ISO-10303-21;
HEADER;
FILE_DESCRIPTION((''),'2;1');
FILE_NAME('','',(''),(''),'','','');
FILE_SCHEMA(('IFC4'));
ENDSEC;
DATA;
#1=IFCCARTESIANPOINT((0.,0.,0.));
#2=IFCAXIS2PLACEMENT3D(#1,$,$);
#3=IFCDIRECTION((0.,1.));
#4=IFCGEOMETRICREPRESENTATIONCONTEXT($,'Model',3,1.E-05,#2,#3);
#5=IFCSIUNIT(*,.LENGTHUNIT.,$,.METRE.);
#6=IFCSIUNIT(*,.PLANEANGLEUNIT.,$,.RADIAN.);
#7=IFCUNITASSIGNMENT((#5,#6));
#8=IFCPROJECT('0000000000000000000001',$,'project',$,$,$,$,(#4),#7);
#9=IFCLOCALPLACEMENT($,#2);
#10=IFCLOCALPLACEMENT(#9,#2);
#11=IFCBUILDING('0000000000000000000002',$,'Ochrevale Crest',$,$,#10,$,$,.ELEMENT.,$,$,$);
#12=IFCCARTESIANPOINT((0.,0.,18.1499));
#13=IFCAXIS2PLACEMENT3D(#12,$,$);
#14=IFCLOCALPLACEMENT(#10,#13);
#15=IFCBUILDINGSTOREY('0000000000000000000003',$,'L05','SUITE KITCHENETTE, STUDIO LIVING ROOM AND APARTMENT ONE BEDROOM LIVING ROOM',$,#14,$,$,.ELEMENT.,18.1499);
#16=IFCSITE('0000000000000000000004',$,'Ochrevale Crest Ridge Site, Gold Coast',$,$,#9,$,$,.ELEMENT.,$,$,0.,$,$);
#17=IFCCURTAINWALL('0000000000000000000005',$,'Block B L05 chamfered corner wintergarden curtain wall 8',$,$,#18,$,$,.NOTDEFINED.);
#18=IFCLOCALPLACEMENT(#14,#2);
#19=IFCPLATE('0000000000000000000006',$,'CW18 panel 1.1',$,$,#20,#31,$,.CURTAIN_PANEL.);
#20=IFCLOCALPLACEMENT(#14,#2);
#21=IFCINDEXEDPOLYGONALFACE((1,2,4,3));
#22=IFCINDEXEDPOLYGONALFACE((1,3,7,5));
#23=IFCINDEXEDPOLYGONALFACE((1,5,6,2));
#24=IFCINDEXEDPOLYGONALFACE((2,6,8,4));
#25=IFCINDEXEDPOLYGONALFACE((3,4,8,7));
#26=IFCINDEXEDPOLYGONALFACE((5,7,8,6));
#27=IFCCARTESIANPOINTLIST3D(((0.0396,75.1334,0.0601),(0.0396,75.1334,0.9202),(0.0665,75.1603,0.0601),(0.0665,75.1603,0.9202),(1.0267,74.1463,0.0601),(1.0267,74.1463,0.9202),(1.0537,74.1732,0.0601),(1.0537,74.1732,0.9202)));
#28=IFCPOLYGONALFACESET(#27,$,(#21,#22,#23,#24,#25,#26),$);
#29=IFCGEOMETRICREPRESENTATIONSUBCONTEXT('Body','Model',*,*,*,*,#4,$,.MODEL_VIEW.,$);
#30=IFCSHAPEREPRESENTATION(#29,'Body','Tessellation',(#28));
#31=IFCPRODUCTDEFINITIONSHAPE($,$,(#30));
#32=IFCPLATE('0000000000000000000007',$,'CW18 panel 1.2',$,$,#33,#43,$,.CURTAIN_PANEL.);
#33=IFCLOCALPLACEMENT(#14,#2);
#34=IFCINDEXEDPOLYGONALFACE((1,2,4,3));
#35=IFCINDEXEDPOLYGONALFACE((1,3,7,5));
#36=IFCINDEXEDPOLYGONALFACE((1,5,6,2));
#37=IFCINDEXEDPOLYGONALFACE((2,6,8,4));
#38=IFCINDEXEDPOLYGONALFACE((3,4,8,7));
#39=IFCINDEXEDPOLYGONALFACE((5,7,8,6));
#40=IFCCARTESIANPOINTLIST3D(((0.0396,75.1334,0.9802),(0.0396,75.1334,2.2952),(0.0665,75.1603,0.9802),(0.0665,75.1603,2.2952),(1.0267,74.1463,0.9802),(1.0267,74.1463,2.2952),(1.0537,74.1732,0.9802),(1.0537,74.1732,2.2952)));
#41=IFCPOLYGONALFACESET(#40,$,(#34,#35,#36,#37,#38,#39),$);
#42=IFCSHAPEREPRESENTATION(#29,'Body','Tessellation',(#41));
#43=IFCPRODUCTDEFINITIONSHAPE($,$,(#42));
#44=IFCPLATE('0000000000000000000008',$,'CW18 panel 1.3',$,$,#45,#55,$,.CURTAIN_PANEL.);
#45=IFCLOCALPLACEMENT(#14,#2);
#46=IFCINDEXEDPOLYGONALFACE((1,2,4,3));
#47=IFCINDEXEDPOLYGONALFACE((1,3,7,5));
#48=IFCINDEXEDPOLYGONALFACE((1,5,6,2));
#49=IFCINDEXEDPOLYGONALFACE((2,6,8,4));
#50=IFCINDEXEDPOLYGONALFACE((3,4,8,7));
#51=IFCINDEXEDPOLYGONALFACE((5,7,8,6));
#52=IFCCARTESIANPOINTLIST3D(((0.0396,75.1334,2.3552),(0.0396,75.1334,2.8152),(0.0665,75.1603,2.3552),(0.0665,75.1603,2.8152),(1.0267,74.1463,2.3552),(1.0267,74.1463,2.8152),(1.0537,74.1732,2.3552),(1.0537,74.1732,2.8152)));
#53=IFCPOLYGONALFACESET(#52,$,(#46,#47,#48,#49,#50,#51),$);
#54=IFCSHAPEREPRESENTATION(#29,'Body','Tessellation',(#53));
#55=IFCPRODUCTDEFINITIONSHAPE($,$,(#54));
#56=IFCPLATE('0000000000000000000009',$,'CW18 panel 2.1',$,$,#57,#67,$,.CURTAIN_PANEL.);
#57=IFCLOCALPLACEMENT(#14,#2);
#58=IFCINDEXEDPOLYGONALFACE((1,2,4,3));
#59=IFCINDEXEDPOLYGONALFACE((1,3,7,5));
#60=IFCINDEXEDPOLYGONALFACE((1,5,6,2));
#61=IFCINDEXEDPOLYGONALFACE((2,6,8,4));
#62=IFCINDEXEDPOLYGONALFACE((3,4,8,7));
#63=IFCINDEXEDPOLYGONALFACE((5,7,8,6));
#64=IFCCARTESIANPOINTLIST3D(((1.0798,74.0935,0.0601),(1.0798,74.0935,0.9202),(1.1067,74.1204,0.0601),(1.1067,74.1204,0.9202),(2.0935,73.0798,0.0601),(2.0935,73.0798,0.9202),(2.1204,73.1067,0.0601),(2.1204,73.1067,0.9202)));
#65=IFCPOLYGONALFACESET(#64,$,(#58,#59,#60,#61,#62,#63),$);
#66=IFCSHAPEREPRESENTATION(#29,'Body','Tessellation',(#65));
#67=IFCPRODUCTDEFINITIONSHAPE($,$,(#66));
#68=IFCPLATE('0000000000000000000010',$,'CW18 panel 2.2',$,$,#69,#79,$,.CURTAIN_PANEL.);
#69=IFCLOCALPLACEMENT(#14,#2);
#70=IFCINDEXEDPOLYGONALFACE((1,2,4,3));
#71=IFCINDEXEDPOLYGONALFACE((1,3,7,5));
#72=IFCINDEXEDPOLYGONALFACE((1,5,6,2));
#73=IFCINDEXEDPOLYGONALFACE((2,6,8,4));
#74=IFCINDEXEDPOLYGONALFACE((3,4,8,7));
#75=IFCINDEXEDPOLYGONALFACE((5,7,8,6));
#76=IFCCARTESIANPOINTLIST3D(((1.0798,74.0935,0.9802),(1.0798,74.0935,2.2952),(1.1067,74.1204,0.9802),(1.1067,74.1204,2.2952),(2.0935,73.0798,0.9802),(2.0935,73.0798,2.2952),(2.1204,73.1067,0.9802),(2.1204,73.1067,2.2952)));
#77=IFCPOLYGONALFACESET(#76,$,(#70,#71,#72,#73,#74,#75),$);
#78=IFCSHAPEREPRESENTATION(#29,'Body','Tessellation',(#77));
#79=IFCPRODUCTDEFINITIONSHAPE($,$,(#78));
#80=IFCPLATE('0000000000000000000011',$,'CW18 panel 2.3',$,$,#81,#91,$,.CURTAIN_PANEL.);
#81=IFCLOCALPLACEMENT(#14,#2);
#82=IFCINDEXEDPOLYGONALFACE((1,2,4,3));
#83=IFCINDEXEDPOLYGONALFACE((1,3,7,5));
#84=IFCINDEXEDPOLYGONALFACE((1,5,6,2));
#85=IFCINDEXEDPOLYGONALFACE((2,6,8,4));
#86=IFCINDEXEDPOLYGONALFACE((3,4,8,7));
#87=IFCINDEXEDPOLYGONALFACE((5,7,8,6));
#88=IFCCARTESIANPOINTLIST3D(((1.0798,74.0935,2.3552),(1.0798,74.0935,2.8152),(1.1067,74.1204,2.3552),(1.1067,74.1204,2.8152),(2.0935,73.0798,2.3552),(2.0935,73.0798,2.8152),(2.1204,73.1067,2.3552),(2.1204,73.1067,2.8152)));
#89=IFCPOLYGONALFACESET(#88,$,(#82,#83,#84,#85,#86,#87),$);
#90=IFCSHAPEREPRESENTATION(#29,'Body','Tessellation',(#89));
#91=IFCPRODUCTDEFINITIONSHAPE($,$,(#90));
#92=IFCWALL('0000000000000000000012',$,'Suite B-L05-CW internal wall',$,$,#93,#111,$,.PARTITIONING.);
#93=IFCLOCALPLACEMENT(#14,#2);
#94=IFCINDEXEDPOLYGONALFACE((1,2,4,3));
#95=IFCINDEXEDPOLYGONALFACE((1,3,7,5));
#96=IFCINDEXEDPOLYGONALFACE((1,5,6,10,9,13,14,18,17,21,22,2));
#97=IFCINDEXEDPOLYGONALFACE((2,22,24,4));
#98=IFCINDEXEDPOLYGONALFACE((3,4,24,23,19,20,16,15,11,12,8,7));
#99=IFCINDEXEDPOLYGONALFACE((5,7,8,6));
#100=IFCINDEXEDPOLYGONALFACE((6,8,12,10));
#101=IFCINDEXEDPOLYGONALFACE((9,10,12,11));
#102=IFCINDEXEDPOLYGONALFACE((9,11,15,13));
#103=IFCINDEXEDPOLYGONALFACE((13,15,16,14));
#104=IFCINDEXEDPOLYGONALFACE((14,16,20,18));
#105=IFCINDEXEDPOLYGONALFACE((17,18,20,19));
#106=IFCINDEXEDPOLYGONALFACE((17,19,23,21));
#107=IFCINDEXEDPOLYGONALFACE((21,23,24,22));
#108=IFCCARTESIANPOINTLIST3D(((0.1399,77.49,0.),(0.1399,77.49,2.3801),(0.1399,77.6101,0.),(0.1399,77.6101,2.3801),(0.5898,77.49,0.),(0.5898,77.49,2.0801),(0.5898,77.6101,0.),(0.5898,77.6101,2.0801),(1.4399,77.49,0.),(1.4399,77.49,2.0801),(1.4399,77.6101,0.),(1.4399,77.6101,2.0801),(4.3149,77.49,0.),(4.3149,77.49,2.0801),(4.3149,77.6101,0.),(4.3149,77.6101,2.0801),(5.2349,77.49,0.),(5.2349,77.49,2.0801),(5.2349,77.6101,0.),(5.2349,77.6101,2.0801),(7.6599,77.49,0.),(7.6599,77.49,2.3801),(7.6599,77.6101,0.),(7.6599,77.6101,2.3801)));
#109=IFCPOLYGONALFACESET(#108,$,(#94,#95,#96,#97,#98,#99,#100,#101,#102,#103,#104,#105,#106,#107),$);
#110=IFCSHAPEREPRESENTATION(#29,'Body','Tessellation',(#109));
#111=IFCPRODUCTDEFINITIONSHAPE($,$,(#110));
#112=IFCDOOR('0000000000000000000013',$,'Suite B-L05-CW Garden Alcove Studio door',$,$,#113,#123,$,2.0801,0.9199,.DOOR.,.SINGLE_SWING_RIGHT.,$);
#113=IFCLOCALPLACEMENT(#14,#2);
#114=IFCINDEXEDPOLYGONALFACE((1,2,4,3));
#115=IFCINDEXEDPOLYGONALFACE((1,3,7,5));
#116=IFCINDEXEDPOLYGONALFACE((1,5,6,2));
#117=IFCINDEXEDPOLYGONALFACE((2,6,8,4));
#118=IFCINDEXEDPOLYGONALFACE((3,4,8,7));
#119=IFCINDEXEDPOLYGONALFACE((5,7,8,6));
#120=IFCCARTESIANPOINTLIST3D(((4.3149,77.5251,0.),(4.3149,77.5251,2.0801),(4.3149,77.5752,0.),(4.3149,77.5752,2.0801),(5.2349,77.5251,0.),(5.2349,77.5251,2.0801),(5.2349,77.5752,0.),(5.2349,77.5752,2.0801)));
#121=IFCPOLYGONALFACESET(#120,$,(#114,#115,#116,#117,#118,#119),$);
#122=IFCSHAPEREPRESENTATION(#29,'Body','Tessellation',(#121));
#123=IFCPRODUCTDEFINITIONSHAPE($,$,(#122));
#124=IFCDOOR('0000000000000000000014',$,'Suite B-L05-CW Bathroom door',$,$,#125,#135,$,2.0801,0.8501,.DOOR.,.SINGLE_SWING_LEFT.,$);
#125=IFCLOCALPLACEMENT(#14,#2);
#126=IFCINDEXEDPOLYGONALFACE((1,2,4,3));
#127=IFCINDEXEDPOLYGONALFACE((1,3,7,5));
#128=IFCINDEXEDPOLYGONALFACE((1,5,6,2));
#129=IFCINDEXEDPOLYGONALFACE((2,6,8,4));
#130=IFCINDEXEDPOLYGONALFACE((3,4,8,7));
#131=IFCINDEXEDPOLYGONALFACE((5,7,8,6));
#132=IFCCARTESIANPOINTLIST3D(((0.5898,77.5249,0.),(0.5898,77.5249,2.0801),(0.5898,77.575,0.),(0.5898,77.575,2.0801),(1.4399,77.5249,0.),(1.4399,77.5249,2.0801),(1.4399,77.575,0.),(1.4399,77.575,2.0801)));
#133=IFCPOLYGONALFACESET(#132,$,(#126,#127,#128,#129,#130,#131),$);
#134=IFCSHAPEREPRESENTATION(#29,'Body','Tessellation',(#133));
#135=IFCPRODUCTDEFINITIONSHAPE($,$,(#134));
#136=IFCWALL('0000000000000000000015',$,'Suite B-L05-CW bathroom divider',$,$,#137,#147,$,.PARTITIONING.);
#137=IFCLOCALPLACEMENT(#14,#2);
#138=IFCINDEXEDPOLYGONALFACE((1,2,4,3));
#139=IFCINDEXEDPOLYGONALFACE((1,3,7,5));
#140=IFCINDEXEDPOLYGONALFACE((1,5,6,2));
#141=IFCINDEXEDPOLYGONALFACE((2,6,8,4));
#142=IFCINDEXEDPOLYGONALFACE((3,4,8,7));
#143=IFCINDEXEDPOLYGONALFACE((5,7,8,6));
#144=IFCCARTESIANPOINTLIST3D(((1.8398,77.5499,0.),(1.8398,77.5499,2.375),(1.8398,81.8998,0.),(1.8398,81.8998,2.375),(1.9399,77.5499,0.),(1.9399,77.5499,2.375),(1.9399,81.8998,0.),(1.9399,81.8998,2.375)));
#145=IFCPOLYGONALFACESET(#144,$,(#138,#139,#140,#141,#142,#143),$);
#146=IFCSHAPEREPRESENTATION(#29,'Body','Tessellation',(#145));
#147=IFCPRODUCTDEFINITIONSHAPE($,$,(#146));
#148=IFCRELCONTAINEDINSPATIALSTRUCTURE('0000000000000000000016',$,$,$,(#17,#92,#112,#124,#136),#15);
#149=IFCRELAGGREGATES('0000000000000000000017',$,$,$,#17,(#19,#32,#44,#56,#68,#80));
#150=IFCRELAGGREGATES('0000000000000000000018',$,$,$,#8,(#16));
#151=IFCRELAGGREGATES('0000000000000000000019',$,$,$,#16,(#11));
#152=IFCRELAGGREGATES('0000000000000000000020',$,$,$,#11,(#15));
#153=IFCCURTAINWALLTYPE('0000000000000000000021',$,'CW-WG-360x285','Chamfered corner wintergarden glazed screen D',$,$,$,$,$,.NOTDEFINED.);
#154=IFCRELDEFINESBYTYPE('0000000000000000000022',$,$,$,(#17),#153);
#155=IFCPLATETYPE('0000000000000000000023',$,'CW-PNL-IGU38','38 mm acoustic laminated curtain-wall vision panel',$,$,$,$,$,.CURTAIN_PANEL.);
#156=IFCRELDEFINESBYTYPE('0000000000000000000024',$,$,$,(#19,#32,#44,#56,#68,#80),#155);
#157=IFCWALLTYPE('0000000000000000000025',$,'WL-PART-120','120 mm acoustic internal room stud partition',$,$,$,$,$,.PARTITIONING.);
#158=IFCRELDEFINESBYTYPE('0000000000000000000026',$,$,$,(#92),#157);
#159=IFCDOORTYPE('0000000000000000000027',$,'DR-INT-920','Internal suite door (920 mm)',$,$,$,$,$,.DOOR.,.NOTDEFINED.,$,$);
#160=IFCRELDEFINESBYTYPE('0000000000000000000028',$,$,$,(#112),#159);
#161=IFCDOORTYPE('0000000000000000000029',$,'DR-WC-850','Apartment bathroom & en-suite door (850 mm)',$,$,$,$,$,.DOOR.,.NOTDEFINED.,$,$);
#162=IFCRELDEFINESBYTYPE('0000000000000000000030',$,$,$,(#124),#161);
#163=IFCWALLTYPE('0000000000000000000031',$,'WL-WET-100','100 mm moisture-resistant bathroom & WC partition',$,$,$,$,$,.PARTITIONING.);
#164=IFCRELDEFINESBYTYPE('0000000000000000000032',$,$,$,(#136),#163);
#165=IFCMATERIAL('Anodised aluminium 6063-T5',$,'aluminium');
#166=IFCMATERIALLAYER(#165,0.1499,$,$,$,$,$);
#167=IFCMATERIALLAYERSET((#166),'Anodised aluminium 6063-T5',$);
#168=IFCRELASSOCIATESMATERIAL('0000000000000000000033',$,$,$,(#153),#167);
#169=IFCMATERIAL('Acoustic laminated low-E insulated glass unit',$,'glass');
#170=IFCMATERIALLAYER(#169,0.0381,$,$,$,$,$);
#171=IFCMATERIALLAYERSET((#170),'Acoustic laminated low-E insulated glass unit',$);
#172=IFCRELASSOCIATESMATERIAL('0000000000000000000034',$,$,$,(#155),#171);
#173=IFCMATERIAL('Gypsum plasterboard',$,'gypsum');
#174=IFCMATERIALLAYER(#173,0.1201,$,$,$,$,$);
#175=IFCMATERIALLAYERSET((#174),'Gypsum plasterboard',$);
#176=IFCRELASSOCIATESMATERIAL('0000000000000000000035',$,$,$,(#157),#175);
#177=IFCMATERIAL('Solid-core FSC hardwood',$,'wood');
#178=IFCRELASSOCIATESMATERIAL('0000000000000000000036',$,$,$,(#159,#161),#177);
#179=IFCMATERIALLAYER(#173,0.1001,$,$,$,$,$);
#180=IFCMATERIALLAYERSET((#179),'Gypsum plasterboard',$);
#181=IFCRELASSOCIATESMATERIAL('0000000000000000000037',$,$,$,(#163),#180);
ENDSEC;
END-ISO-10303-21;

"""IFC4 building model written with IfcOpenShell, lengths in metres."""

from ifc_helpers import new_model, si_unit, direction, frame, frame_2d, origin, origin_2d, place, context, subcontext, project, spatial, rectangle, extrude, material, layer, layer_set, type_object, element, fill, aggregate, save


model = new_model("IFC4")

# Units and contexts
model_context = context("Model", 3, precision=1e-05, world=origin(), true_north=direction((0.0, 1.0)))
body_context = subcontext(model_context, "Body", "Model", "MODEL_VIEW")
ifc_project = project(units=[si_unit("LENGTHUNIT", "METRE"), si_unit("PLANEANGLEUNIT", "RADIAN")], contexts=[model_context])

# Site, building, storey
site_placement = place(None, origin())
site = spatial("IfcSite", under=ifc_project, at=site_placement, Name="Ochrevale Crest Ridge Site, Gold Coast", CompositionType="ELEMENT", RefElevation=0.0)
building_placement = place(site_placement, origin())
building = spatial("IfcBuilding", under=site, at=building_placement, Name="Ochrevale Crest", CompositionType="ELEMENT")
storey_placement = place(building_placement, frame((0.0, 0.0, 18.1499)))
storey = spatial("IfcBuildingStorey", under=building, at=storey_placement, Name="L05", Description="SUITE KITCHENETTE, STUDIO LIVING ROOM AND APARTMENT ONE BEDROOM LIVING ROOM", CompositionType="ELEMENT", Elevation=18.1499)

# Curtain wall, plates
ifc_material_1 = material(Name="Anodised aluminium 6063-T5", Category="aluminium")
ifc_layer_1 = layer(ifc_material_1, 0.1499)
ifc_layer_set_1 = layer_set([ifc_layer_1], Name="Anodised aluminium 6063-T5")
curtain_wall_type = type_object("IfcCurtainWallType", Name="CW-WG-360x285", Description="Chamfered corner wintergarden glazed screen D", PredefinedType="NOTDEFINED", material=ifc_layer_set_1)
curtain_wall_placement = place(storey_placement, origin())
curtain_wall = element("IfcCurtainWall", 1, at=curtain_wall_placement, inside=storey, type_object=curtain_wall_type, Name="Block B L05 chamfered corner wintergarden curtain wall 8", PredefinedType="NOTDEFINED")
ifc_material_2 = material(Name="Acoustic laminated low-E insulated glass unit", Category="glass")
ifc_layer_2 = layer(ifc_material_2, 0.0381)
ifc_layer_set_2 = layer_set([ifc_layer_2], Name="Acoustic laminated low-E insulated glass unit")
plate_type = type_object("IfcPlateType", Name="CW-PNL-IGU38", Description="38 mm acoustic laminated curtain-wall vision panel", PredefinedType="CURTAIN_PANEL", material=ifc_layer_set_2)
plate_1_placement = place(storey_placement, frame((0.5466, 74.6533, 0.0601), z_axis=(0.0, 0.0, 1.0), x_axis=(0.707107, -0.707107, 0.0)))
plate_1 = element("IfcPlate", 2, at=plate_1_placement, type_object=plate_type, Name="CW18 panel 1.1", PredefinedType="CURTAIN_PANEL", context=body_context, shape_type="SweptSolid", body=[
    extrude(rectangle(XDim=1.396, YDim=0.0381, at=origin_2d()), origin(), (0.0, 0.0, 1.0), 0.8601),
])
plate_2_placement = place(storey_placement, frame((0.5466, 74.6533, 0.9802), z_axis=(0.0, 0.0, 1.0), x_axis=(0.707107, -0.707107, 0.0)))
plate_2 = element("IfcPlate", 3, at=plate_2_placement, type_object=plate_type, Name="CW18 panel 1.2", PredefinedType="CURTAIN_PANEL", context=body_context, shape_type="SweptSolid", body=[
    extrude(rectangle(XDim=1.396, YDim=0.0381, at=origin_2d()), origin(), (0.0, 0.0, 1.0), 1.3149),
])
plate_3_placement = place(storey_placement, frame((0.5466, 74.6533, 2.3552), z_axis=(0.0, 0.0, 1.0), x_axis=(0.707107, -0.707107, 0.0)))
plate_3 = element("IfcPlate", 4, at=plate_3_placement, type_object=plate_type, Name="CW18 panel 1.3", PredefinedType="CURTAIN_PANEL", context=body_context, shape_type="SweptSolid", body=[
    extrude(rectangle(XDim=1.396, YDim=0.0381, at=origin_2d()), origin(), (0.0, 0.0, 1.0), 0.46),
])
plate_4_placement = place(storey_placement, frame((1.6001, 73.6001, 0.0601), z_axis=(0.0, 0.0, 1.0), x_axis=(0.707107, -0.707107, 0.0)))
plate_4 = element("IfcPlate", 5, at=plate_4_placement, type_object=plate_type, Name="CW18 panel 2.1", PredefinedType="CURTAIN_PANEL", context=body_context, shape_type="SweptSolid", body=[
    extrude(rectangle(XDim=1.4336, YDim=0.0381, at=origin_2d()), origin(), (0.0, 0.0, 1.0), 0.8601),
])
plate_5_placement = place(storey_placement, frame((1.6001, 73.6001, 0.9802), z_axis=(0.0, 0.0, 1.0), x_axis=(0.707107, -0.707107, 0.0)))
plate_5 = element("IfcPlate", 6, at=plate_5_placement, type_object=plate_type, Name="CW18 panel 2.2", PredefinedType="CURTAIN_PANEL", context=body_context, shape_type="SweptSolid", body=[
    extrude(rectangle(XDim=1.4336, YDim=0.0381, at=origin_2d()), origin(), (0.0, 0.0, 1.0), 1.3149),
])
plate_6_placement = place(storey_placement, frame((1.6001, 73.6001, 2.3552), z_axis=(0.0, 0.0, 1.0), x_axis=(0.707107, -0.707107, 0.0)))
plate_6 = element("IfcPlate", 7, at=plate_6_placement, type_object=plate_type, Name="CW18 panel 2.3", PredefinedType="CURTAIN_PANEL", context=body_context, shape_type="SweptSolid", body=[
    extrude(rectangle(XDim=1.4336, YDim=0.0381, at=origin_2d()), origin(), (0.0, 0.0, 1.0), 0.46),
])
aggregate(curtain_wall, [plate_1, plate_2, plate_3, plate_4, plate_5, plate_6])

# Wall, openings, doors
ifc_material_3 = material(Name="Gypsum plasterboard", Category="gypsum")
ifc_layer_3 = layer(ifc_material_3, 0.1201)
ifc_layer_set_3 = layer_set([ifc_layer_3], Name="Gypsum plasterboard")
wall_type_1 = type_object("IfcWallType", Name="WL-PART-120", Description="120 mm acoustic internal room stud partition", PredefinedType="PARTITIONING", material=ifc_layer_set_3)
wall_1_placement = place(storey_placement, frame((0.1399, 77.55, 0.0), z_axis=(0.0, 0.0, 1.0), x_axis=(1.0, 0.0, 0.0)))
wall_1 = element("IfcWall", 8, at=wall_1_placement, inside=storey, type_object=wall_type_1, Name="Suite B-L05-CW internal wall", PredefinedType="PARTITIONING", context=body_context, shape_type="SweptSolid", body=[
    extrude(rectangle(XDim=7.52, YDim=0.1201, at=frame_2d((3.76, 0.0))), origin(), (0.0, 0.0, 1.0), 2.3801),
])
opening_1_placement = place(wall_1_placement, frame((0.45, 0.0, 0.0)))
opening_1 = element("IfcOpeningElement", 9, at=opening_1_placement, cuts=wall_1, PredefinedType="OPENING", context=body_context, shape_type="SweptSolid", body=[
    extrude(rectangle(XDim=0.8501, YDim=2.0801, at=frame_2d((0.425, 1.04))), frame((0.0, 0.0701, 0.0), z_axis=(0.0, -1.0, 0.0), x_axis=(1.0, 0.0, 0.0)), (0.0, 0.0, 1.0), 0.1401),
])
opening_2_placement = place(wall_1_placement, frame((5.095, 0.0, 0.0), z_axis=(0.0, 0.0, 1.0), x_axis=(-1.0, 0.0, 0.0)))
opening_2 = element("IfcOpeningElement", 10, at=opening_2_placement, cuts=wall_1, PredefinedType="OPENING", context=body_context, shape_type="SweptSolid", body=[
    extrude(rectangle(XDim=0.9199, YDim=2.0801, at=frame_2d((0.46, 1.04))), frame((0.0, 0.0701, 0.0), z_axis=(0.0, -1.0, 0.0), x_axis=(1.0, 0.0, 0.0)), (0.0, 0.0, 1.0), 0.1401),
])
ifc_material_4 = material(Name="Solid-core FSC hardwood", Category="wood")
door_type_1 = type_object("IfcDoorType", Name="DR-INT-920", Description="Internal suite door (920 mm)", OperationType="NOTDEFINED", PredefinedType="DOOR", material=ifc_material_4)
door_1_placement = place(opening_2_placement, origin())
door_1 = element("IfcDoor", 11, at=door_1_placement, inside=storey, type_object=door_type_1, Name="Suite B-L05-CW Garden Alcove Studio door", OperationType="SINGLE_SWING_RIGHT", OverallHeight=2.0801, OverallWidth=0.9199, PredefinedType="DOOR", context=body_context, shape_type="SweptSolid", body=[
    extrude(rectangle(XDim=0.9199, YDim=2.0801, at=frame_2d((0.46, 1.04))), frame((0.0, 0.0249, 0.0), z_axis=(0.0, -1.0, 0.0), x_axis=(1.0, 0.0, 0.0)), (0.0, 0.0, 1.0), 0.05),
])
fill(opening_2, door_1)
door_type_2 = type_object("IfcDoorType", Name="DR-WC-850", Description="Apartment bathroom & en-suite door (850 mm)", OperationType="NOTDEFINED", PredefinedType="DOOR", material=ifc_material_4)
door_2_placement = place(opening_1_placement, origin())
door_2 = element("IfcDoor", 12, at=door_2_placement, inside=storey, type_object=door_type_2, Name="Suite B-L05-CW Bathroom door", OperationType="SINGLE_SWING_LEFT", OverallHeight=2.0801, OverallWidth=0.8501, PredefinedType="DOOR", context=body_context, shape_type="SweptSolid", body=[
    extrude(rectangle(XDim=0.8501, YDim=2.0801, at=frame_2d((0.425, 1.04))), frame((0.0, 0.0249, 0.0), z_axis=(0.0, -1.0, 0.0), x_axis=(1.0, 0.0, 0.0)), (0.0, 0.0, 1.0), 0.05),
])
fill(opening_1, door_2)

# Wall
ifc_layer_4 = layer(ifc_material_3, 0.1001)
ifc_layer_set_4 = layer_set([ifc_layer_4], Name="Gypsum plasterboard")
wall_type_2 = type_object("IfcWallType", Name="WL-WET-100", Description="100 mm moisture-resistant bathroom & WC partition", PredefinedType="PARTITIONING", material=ifc_layer_set_4)
wall_2_placement = place(storey_placement, frame((1.8899, 77.55, 0.0), z_axis=(0.0, 0.0, 1.0), x_axis=(0.0, 1.0, 0.0)))
element("IfcWall", 13, at=wall_2_placement, inside=storey, type_object=wall_type_2, Name="Suite B-L05-CW bathroom divider", PredefinedType="PARTITIONING", context=body_context, shape_type="SweptSolid", body=[
    extrude(rectangle(XDim=4.3499, YDim=0.1001, at=frame_2d((2.1748, 0.0))), origin(), (0.0, 0.0, 1.0), 2.375),
])

save(model, "model.ifc")
